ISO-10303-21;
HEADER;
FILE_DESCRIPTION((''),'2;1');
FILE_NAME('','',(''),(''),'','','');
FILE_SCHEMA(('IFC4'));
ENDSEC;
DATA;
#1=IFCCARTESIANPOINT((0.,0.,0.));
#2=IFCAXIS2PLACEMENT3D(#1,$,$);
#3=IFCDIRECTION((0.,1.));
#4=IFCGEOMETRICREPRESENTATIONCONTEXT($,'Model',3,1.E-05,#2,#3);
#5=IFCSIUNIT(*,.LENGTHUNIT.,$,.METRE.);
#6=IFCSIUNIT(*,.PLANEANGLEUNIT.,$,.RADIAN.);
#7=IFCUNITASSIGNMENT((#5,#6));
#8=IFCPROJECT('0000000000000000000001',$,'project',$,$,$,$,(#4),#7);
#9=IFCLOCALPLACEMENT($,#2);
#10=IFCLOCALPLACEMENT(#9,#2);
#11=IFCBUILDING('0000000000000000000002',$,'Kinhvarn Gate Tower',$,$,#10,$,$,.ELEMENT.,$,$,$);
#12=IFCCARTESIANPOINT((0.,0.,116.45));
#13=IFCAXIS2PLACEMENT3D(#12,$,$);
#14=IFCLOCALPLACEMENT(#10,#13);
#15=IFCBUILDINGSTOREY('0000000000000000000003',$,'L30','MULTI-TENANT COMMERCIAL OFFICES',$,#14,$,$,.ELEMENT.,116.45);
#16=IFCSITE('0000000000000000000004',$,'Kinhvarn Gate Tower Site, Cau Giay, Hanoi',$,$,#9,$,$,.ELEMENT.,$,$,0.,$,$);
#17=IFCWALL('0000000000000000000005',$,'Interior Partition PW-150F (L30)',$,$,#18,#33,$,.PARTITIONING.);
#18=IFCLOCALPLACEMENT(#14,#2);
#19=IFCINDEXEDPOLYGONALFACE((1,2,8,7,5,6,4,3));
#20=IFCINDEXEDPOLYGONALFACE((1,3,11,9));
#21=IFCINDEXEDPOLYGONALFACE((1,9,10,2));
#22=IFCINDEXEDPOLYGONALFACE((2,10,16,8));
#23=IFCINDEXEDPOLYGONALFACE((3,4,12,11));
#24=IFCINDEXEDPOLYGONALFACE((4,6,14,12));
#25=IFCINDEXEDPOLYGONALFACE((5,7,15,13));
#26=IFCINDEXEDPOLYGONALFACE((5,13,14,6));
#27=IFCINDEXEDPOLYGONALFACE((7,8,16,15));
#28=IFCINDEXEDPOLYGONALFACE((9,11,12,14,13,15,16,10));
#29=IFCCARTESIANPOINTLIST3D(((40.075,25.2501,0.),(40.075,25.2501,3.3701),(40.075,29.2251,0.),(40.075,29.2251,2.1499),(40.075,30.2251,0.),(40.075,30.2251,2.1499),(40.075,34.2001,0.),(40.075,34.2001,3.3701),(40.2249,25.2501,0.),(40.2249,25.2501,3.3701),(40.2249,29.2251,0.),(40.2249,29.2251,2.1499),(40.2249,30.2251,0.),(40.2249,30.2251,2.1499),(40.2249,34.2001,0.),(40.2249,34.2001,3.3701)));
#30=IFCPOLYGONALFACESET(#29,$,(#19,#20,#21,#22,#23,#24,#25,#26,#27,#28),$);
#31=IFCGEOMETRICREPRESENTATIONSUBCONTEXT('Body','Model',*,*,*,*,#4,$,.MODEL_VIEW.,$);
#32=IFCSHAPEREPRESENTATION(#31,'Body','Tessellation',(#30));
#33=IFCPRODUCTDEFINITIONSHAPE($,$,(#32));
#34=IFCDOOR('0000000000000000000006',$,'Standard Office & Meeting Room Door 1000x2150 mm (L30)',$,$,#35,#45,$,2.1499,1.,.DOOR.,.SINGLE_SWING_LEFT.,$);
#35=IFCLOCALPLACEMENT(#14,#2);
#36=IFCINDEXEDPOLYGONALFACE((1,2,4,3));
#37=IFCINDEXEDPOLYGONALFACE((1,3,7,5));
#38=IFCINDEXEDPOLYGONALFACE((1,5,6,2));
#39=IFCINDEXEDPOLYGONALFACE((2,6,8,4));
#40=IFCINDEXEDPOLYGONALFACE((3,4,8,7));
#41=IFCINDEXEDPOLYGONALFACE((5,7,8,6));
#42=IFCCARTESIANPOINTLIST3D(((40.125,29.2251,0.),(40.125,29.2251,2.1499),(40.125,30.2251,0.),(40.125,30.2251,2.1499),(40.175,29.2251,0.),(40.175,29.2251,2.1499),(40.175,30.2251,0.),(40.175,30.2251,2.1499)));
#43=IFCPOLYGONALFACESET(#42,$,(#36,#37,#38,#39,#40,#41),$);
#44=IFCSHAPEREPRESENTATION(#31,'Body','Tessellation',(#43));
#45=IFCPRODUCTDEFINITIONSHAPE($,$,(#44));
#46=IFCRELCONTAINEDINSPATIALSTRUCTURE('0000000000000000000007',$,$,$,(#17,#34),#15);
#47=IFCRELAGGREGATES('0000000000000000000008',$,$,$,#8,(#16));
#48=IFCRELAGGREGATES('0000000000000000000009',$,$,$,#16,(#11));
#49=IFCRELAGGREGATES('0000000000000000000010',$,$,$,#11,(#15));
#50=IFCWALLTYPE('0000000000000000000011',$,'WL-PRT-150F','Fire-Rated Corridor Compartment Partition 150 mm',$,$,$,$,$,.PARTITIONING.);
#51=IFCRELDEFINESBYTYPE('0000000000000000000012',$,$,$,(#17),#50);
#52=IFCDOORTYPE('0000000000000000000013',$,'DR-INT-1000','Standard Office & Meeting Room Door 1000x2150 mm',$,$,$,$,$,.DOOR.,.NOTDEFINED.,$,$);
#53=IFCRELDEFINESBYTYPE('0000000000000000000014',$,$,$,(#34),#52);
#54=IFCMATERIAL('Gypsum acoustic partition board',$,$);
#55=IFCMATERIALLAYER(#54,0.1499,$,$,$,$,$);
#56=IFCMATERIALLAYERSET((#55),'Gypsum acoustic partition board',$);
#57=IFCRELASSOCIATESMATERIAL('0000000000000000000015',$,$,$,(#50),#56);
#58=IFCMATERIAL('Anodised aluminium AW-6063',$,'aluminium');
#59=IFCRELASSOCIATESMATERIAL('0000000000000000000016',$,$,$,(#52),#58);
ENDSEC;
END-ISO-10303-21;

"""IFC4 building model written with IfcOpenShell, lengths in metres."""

from ifc_helpers import new_model, si_unit, direction, frame, frame_2d, origin, place, context, subcontext, project, spatial, rectangle, extrude, material, layer, layer_set, type_object, element, fill, save


model = new_model("IFC4")

# Units and contexts
model_context = context("Model", 3, precision=1e-05, world=origin(), true_north=direction((0.0, 1.0)))
body_context = subcontext(model_context, "Body", "Model", "MODEL_VIEW")
ifc_project = project(units=[si_unit("LENGTHUNIT", "METRE"), si_unit("PLANEANGLEUNIT", "RADIAN")], contexts=[model_context])

# Site, building, storey
site_placement = place(None, origin())
site = spatial("IfcSite", under=ifc_project, at=site_placement, Name="Kinhvarn Gate Tower Site, Cau Giay, Hanoi", CompositionType="ELEMENT", RefElevation=0.0)
building_placement = place(site_placement, origin())
building = spatial("IfcBuilding", under=site, at=building_placement, Name="Kinhvarn Gate Tower", CompositionType="ELEMENT")
storey_placement = place(building_placement, frame((0.0, 0.0, 116.45)))
storey = spatial("IfcBuildingStorey", under=building, at=storey_placement, Name="L30", Description="MULTI-TENANT COMMERCIAL OFFICES", CompositionType="ELEMENT", Elevation=116.45)

# Shared definitions
ifc_material_1 = material(Name="Anodised aluminium AW-6063", Category="aluminium")

# Shared definitions
ifc_material_2 = material(Name="Gypsum acoustic partition board")

# Wall, opening, door
ifc_layer_1 = layer(ifc_material_2, 0.1499)
ifc_layer_set_1 = layer_set([ifc_layer_1], Name="Gypsum acoustic partition board")
wall_type_1 = type_object("IfcWallType", Name="WL-PRT-150F", Description="Fire-Rated Corridor Compartment Partition 150 mm", PredefinedType="PARTITIONING", material=ifc_layer_set_1)
door_type = type_object("IfcDoorType", Name="DR-INT-1000", Description="Standard Office & Meeting Room Door 1000x2150 mm", OperationType="NOTDEFINED", PredefinedType="DOOR", material=ifc_material_1)
wall_1_placement = place(storey_placement, frame((40.1499, 25.25, 0.0), z_axis=(0.0, 0.0, 1.0), x_axis=(0.0, 1.0, 0.0)))
wall_1 = element("IfcWall", 1, at=wall_1_placement, inside=storey, type_object=wall_type_1, Name="Interior Partition PW-150F (L30)", PredefinedType="PARTITIONING", context=body_context, shape_type="SweptSolid", body=[
    extrude(rectangle(XDim=8.95, YDim=0.1499, at=frame_2d((4.4751, 0.0))), origin(), (0.0, 0.0, 1.0), 3.3701),
])
opening_1_placement = place(wall_1_placement, frame((3.9751, 0.0, 0.0)))
opening_1 = element("IfcOpeningElement", 2, at=opening_1_placement, cuts=wall_1, PredefinedType="OPENING", context=body_context, shape_type="SweptSolid", body=[
    extrude(rectangle(XDim=1.0, YDim=2.1499, at=frame_2d((0.5, 1.075))), frame((0.0, 0.085, 0.0), z_axis=(0.0, -1.0, 0.0), x_axis=(1.0, 0.0, 0.0)), (0.0, 0.0, 1.0), 0.1699),
])
door_1_placement = place(opening_1_placement, origin())
door_1 = element("IfcDoor", 3, at=door_1_placement, inside=storey, type_object=door_type, Name="Standard Office & Meeting Room Door 1000x2150 mm (L30)", OperationType="SINGLE_SWING_LEFT", OverallHeight=2.1499, OverallWidth=1.0, PredefinedType="DOOR", context=body_context, shape_type="SweptSolid", body=[
    extrude(rectangle(XDim=1.0, YDim=2.1499, at=frame_2d((0.5, 1.075))), frame((0.0, 0.0249, 0.0), z_axis=(0.0, -1.0, 0.0), x_axis=(1.0, 0.0, 0.0)), (0.0, 0.0, 1.0), 0.05),
])
fill(opening_1, door_1)

save(model, "model.ifc")
